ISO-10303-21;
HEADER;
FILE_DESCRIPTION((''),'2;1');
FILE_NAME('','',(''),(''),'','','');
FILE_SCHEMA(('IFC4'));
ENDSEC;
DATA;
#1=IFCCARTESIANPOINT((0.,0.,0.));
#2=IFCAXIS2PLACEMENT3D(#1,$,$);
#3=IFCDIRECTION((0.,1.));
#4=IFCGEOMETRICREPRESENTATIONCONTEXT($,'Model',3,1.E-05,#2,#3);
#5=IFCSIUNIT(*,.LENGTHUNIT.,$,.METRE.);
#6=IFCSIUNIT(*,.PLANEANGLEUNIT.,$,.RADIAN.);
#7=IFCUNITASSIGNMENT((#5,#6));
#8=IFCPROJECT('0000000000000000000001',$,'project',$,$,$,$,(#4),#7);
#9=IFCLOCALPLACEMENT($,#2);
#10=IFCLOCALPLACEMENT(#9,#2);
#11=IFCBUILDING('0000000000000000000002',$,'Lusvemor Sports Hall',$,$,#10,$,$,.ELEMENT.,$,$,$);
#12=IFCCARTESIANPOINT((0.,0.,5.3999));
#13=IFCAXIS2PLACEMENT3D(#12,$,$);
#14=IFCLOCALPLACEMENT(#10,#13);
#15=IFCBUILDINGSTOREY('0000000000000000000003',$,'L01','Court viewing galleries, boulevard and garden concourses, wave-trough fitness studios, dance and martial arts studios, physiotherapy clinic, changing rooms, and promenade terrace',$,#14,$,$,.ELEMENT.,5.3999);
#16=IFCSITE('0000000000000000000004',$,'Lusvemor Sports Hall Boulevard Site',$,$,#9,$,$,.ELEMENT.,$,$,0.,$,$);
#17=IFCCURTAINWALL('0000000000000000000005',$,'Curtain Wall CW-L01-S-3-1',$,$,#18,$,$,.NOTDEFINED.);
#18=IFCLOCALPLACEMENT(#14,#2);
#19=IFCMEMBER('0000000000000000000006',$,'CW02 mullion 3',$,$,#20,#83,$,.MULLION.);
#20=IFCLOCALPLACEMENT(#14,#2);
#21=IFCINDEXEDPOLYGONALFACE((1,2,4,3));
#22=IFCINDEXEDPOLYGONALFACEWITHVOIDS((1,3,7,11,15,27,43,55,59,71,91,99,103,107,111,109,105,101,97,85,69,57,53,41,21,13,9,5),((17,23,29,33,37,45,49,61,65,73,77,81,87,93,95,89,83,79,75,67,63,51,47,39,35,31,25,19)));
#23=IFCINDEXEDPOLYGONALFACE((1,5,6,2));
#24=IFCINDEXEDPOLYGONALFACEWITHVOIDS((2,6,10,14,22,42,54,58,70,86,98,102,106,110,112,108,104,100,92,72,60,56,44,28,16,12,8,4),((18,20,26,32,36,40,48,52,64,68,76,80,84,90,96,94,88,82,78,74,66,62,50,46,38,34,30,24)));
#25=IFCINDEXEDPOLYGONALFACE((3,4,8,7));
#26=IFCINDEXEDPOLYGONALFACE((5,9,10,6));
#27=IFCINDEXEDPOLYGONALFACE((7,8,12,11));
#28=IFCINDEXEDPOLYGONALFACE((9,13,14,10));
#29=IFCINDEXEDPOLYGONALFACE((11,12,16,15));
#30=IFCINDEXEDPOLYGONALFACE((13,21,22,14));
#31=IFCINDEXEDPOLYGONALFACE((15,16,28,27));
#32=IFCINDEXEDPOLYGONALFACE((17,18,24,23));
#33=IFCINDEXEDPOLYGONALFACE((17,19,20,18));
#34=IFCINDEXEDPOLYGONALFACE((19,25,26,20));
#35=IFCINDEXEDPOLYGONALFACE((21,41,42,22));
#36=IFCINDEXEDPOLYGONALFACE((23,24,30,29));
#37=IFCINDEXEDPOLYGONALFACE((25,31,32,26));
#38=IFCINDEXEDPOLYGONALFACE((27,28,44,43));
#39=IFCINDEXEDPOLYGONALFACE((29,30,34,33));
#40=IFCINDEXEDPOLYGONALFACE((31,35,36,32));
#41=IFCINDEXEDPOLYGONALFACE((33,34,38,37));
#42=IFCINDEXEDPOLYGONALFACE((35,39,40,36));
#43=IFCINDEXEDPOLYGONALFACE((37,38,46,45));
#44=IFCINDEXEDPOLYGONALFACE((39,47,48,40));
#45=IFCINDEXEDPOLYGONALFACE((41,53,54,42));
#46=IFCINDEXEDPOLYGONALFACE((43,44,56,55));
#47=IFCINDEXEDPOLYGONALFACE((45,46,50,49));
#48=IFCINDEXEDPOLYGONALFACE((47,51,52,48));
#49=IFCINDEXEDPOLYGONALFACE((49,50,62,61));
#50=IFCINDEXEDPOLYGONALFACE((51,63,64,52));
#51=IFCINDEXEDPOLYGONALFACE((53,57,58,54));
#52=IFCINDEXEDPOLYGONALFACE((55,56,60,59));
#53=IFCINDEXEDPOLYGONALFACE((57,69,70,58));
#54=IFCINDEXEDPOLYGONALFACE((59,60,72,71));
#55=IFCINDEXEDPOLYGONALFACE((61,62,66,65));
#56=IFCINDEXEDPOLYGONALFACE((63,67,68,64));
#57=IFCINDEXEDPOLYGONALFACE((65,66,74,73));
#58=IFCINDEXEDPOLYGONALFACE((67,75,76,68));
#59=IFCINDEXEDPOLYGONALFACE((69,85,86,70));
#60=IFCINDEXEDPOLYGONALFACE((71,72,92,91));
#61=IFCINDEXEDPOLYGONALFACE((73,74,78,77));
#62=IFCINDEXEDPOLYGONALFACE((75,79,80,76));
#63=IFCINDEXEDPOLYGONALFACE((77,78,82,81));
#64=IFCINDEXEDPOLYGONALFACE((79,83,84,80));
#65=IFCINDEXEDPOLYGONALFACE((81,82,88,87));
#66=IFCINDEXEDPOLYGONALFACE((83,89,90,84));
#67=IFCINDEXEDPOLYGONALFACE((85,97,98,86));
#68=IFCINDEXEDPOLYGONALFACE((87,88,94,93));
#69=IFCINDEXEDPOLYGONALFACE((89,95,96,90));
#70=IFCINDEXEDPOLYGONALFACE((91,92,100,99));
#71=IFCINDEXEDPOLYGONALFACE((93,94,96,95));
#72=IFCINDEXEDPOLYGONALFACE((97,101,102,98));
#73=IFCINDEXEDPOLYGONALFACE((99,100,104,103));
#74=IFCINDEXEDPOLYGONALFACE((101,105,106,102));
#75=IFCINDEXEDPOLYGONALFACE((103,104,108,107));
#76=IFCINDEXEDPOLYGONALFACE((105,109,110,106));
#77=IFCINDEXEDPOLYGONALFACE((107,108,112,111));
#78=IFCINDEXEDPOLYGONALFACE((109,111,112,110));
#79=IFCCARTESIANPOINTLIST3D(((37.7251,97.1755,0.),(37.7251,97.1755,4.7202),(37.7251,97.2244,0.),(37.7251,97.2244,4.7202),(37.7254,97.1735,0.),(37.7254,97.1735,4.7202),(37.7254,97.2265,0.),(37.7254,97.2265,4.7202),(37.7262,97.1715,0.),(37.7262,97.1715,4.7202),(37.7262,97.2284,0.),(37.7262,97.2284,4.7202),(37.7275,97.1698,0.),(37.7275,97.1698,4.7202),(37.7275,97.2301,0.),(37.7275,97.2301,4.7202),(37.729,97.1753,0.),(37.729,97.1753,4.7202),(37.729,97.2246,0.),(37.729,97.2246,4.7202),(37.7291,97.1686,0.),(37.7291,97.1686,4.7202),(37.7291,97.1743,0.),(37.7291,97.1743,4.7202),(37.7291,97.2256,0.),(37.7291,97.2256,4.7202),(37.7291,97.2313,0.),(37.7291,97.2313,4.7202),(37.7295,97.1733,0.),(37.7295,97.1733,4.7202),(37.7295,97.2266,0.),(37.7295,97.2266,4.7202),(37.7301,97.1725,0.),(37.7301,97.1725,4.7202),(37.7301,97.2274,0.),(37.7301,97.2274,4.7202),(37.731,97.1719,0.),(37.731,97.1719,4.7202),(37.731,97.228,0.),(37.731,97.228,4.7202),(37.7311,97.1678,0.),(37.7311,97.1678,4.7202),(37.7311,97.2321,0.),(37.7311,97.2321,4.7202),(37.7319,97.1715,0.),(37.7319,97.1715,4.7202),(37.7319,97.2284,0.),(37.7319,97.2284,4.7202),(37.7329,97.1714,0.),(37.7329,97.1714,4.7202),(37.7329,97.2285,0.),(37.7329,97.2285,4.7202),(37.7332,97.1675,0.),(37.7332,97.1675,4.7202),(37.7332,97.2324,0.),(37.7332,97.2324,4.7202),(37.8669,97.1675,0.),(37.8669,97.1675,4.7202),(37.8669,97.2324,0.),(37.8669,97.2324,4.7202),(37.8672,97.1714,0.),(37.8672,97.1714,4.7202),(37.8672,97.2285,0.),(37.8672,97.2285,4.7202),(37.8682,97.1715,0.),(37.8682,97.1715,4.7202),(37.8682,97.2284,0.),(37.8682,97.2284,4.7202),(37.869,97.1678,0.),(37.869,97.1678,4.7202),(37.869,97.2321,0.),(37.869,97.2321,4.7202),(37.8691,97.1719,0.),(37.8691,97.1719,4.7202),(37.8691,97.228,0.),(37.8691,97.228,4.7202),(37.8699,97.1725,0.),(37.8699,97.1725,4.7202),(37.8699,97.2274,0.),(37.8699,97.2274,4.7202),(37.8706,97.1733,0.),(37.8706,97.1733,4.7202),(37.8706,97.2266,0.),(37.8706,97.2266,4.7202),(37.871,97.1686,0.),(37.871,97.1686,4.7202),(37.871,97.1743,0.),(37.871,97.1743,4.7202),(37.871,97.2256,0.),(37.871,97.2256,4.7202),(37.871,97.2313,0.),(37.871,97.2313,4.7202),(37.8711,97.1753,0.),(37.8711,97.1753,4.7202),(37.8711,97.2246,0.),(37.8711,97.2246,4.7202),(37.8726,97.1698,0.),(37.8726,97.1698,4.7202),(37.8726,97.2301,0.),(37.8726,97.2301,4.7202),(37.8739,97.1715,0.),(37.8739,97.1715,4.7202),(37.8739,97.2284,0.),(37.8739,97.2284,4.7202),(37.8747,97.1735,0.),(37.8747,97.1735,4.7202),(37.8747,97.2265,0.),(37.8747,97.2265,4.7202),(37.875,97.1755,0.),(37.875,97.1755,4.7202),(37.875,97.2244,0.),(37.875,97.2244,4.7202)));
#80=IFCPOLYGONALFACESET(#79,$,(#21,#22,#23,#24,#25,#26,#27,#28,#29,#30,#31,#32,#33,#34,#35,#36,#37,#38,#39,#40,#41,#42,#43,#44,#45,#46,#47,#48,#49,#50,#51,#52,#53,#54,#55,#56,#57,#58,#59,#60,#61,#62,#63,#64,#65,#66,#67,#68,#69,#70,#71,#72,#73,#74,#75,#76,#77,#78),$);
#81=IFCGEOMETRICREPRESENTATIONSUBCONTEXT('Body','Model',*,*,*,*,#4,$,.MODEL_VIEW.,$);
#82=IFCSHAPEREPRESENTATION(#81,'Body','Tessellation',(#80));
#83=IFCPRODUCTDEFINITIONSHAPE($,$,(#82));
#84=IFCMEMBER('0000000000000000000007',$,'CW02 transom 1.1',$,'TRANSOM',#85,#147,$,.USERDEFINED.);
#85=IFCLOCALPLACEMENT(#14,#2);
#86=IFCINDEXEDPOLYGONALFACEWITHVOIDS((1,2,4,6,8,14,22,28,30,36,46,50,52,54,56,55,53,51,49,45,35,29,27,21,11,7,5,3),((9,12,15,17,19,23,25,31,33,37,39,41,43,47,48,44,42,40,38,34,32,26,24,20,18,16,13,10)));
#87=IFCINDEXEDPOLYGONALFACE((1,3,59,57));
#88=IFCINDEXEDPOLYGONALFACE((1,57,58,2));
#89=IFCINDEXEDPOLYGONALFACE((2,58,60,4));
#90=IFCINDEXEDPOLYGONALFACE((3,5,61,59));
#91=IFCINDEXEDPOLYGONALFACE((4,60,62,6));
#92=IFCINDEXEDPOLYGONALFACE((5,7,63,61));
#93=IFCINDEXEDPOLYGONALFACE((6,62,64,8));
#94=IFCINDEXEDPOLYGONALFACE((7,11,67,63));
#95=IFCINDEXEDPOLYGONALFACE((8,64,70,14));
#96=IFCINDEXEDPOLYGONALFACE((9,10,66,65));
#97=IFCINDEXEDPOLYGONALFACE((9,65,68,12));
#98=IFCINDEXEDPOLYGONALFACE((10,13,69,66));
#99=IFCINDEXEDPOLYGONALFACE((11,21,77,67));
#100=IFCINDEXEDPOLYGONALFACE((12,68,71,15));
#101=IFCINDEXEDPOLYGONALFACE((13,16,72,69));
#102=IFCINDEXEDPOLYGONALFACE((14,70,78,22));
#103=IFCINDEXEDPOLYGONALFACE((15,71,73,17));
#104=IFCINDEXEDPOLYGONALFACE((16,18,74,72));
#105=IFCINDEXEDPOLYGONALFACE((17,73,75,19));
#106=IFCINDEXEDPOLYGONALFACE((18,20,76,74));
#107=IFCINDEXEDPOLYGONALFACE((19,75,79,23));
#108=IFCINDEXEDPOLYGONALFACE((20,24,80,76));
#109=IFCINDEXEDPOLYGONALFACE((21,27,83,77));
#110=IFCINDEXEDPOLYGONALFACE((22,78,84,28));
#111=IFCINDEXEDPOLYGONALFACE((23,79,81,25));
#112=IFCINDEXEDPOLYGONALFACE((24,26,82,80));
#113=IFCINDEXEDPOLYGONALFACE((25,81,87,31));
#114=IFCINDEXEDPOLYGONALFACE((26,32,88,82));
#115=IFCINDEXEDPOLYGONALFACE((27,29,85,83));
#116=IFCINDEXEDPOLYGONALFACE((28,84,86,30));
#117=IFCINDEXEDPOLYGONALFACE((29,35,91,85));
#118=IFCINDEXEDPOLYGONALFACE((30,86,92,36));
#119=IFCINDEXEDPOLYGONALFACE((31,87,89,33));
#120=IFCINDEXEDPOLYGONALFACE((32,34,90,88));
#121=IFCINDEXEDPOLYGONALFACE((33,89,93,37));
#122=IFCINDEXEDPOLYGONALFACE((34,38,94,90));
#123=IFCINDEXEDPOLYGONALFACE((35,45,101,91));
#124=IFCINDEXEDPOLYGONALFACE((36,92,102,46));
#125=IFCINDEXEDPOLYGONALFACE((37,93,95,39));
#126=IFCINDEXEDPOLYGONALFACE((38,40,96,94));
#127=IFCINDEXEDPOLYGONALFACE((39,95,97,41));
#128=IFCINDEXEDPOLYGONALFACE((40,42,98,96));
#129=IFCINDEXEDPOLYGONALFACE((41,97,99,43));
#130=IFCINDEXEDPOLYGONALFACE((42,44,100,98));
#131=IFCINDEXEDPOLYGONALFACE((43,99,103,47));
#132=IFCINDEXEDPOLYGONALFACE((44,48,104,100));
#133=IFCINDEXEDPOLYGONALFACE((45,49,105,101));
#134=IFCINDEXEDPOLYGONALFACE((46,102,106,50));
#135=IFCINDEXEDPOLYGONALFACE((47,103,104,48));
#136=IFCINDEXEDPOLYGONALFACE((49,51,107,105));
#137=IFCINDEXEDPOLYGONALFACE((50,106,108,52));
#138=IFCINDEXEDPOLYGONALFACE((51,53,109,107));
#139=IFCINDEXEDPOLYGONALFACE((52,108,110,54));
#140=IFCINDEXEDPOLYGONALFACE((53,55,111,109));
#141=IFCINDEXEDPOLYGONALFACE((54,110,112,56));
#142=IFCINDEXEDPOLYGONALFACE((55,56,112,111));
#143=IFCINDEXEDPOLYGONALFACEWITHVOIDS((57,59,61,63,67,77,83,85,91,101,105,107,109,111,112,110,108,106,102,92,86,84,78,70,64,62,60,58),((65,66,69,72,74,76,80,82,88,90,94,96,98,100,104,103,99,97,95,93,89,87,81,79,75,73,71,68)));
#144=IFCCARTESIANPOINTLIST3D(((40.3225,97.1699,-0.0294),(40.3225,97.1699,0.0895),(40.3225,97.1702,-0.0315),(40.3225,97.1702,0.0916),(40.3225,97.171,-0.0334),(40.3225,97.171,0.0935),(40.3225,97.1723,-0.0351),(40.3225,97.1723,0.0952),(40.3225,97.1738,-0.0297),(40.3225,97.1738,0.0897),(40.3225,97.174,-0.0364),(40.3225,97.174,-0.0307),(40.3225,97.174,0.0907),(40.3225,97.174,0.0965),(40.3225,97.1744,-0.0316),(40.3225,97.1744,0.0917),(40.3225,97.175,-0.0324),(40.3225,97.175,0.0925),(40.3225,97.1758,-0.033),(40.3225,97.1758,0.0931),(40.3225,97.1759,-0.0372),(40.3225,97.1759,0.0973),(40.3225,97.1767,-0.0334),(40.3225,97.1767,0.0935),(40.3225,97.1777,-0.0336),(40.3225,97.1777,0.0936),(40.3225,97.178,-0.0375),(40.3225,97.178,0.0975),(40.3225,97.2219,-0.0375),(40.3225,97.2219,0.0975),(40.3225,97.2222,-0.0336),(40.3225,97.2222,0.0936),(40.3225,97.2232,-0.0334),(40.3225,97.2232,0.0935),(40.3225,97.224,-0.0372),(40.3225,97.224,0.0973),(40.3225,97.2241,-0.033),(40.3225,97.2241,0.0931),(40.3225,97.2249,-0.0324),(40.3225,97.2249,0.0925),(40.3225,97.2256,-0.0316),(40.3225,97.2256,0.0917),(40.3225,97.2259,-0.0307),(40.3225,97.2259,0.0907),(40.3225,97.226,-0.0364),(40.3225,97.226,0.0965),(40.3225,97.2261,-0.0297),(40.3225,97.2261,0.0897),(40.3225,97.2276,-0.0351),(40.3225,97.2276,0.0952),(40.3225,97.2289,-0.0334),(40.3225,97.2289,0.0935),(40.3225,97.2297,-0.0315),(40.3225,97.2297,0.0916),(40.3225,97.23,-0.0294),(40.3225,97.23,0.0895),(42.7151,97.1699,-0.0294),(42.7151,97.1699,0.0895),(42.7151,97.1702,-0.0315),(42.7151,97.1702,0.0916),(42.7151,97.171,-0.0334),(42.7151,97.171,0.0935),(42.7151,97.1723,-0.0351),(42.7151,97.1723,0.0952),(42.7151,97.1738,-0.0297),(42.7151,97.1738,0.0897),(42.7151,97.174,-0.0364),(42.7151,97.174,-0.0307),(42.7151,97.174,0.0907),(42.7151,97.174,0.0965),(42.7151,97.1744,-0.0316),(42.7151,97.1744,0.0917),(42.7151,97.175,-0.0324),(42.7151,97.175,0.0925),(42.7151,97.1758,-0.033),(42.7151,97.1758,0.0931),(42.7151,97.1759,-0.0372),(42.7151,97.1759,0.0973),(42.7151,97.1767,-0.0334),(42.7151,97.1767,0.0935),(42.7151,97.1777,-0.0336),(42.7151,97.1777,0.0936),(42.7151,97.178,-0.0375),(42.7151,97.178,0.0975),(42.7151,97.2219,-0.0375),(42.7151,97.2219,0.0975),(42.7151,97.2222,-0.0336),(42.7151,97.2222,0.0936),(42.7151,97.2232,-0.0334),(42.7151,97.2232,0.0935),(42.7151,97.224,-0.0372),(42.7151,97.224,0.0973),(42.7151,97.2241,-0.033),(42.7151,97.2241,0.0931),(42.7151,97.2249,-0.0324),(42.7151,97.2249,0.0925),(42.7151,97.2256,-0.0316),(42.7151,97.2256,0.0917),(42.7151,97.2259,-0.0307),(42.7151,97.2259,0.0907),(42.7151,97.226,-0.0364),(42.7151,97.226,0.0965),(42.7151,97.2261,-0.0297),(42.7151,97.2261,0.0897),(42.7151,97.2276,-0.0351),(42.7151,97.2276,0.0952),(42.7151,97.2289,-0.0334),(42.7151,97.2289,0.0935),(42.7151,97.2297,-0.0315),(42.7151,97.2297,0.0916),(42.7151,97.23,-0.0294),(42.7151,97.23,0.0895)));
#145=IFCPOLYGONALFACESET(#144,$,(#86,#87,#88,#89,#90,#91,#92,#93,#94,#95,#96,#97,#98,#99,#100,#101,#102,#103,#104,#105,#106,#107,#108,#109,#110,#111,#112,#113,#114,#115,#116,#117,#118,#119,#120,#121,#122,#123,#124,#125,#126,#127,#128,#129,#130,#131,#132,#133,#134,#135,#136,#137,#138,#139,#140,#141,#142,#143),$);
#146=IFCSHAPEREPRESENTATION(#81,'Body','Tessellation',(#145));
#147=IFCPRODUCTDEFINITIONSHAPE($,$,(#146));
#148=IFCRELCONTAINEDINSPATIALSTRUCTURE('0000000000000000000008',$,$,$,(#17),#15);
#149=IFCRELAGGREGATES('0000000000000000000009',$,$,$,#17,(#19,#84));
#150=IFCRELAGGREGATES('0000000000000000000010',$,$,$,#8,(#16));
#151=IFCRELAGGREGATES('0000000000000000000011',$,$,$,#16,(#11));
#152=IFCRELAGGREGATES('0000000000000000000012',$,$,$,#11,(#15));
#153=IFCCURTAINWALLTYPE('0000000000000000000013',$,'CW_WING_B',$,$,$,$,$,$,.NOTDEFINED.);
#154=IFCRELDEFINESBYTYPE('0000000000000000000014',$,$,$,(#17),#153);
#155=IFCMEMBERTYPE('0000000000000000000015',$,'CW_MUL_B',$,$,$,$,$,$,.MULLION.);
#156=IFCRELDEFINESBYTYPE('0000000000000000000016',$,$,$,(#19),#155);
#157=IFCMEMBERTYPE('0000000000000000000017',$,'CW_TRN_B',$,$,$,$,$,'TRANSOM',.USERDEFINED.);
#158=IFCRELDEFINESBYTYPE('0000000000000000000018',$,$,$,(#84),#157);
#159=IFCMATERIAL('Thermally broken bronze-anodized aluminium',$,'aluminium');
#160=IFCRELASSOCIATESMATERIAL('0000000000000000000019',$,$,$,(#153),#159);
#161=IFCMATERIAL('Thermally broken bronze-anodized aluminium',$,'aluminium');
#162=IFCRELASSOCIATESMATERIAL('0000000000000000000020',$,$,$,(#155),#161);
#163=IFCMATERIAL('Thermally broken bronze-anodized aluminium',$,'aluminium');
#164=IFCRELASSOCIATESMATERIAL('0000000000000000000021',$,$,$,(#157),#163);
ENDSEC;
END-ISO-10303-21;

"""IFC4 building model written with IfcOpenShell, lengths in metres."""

from ifc_helpers import new_model, si_unit, direction, frame, origin, origin_2d, place, context, subcontext, project, spatial, hollow_rectangle, extrude, material, material_profile, profile_set, type_object, element, aggregate, save


model = new_model("IFC4")

# Units and contexts
model_context = context("Model", 3, precision=1e-05, world=origin(), true_north=direction((0.0, 1.0)))
body_context = subcontext(model_context, "Body", "Model", "MODEL_VIEW")
ifc_project = project(units=[si_unit("LENGTHUNIT", "METRE"), si_unit("PLANEANGLEUNIT", "RADIAN")], contexts=[model_context])

# Site, building, storey
site_placement = place(None, origin())
site = spatial("IfcSite", under=ifc_project, at=site_placement, Name="Lusvemor Sports Hall Boulevard Site", CompositionType="ELEMENT", RefElevation=0.0)
building_placement = place(site_placement, origin())
building = spatial("IfcBuilding", under=site, at=building_placement, Name="Lusvemor Sports Hall", CompositionType="ELEMENT")
storey_placement = place(building_placement, frame((0.0, 0.0, 5.3999)))
storey = spatial("IfcBuildingStorey", under=building, at=storey_placement, Name="L01", Description="Court viewing galleries, boulevard and garden concourses, wave-trough fitness studios, dance and martial arts studios, physiotherapy clinic, changing rooms, and promenade terrace", CompositionType="ELEMENT", Elevation=5.3999)

# Curtain wall, members
ifc_material_1 = material(Name="Thermally broken bronze-anodized aluminium", Category="aluminium")
curtain_wall_type = type_object("IfcCurtainWallType", Name="CW_WING_B", PredefinedType="NOTDEFINED", material=ifc_material_1)
curtain_wall_placement = place(storey_placement, origin())
curtain_wall = element("IfcCurtainWall", 1, at=curtain_wall_placement, inside=storey, type_object=curtain_wall_type, Name="Curtain Wall CW-L01-S-3-1", PredefinedType="NOTDEFINED")
ifc_material_2 = material(Name="Thermally broken bronze-anodized aluminium", Category="aluminium")
ifc_material_profile_1 = material_profile(ifc_material_2, hollow_rectangle(XDim=0.0649, YDim=0.1499, WallThickness=0.0039, InnerFilletRadius=0.0039, OuterFilletRadius=0.0081, at=origin_2d()), Name="CWMUL150x65x4")
ifc_profile_set_1 = profile_set([ifc_material_profile_1], Name="Thermally broken bronze-anodized aluminium")
member_type_1 = type_object("IfcMemberType", Name="CW_MUL_B", PredefinedType="MULLION", material=ifc_profile_set_1)
member_1_placement = place(storey_placement, frame((37.8, 97.2, 0.0), z_axis=(0.0, 0.0, 1.0), x_axis=(0.0, -1.0, 0.0)))
member_1 = element("IfcMember", 2, at=member_1_placement, type_object=member_type_1, Name="CW02 mullion 3", PredefinedType="MULLION", context=body_context, shape_type="SweptSolid", body=[
    extrude(hollow_rectangle(XDim=0.0649, YDim=0.1499, WallThickness=0.0039, InnerFilletRadius=0.0039, OuterFilletRadius=0.0081, at=origin_2d()), origin(), (0.0, 0.0, 1.0), 4.7202),
])
ifc_material_3 = material(Name="Thermally broken bronze-anodized aluminium", Category="aluminium")
ifc_material_profile_2 = material_profile(ifc_material_3, hollow_rectangle(XDim=0.0601, YDim=0.135, WallThickness=0.0039, InnerFilletRadius=0.0039, OuterFilletRadius=0.0081, at=origin_2d()), Name="CWTRN135x60x4")
ifc_profile_set_2 = profile_set([ifc_material_profile_2], Name="Thermally broken bronze-anodized aluminium")
member_type_2 = type_object("IfcMemberType", Name="CW_TRN_B", ElementType="TRANSOM", PredefinedType="USERDEFINED", material=ifc_profile_set_2)
member_2_placement = place(storey_placement, frame((42.7151, 97.2, 0.03), z_axis=(-1.0, 0.0, 0.0), x_axis=(0.0, -1.0, 0.0)))
member_2 = element("IfcMember", 3, at=member_2_placement, type_object=member_type_2, Name="CW02 transom 1.1", ObjectType="TRANSOM", PredefinedType="USERDEFINED", context=body_context, shape_type="SweptSolid", body=[
    extrude(hollow_rectangle(XDim=0.0601, YDim=0.135, WallThickness=0.0039, InnerFilletRadius=0.0039, OuterFilletRadius=0.0081, at=origin_2d()), origin(), (0.0, 0.0, 1.0), 2.3926),
])

aggregate(curtain_wall, [member_1, member_2])

save(model, "model.ifc")
